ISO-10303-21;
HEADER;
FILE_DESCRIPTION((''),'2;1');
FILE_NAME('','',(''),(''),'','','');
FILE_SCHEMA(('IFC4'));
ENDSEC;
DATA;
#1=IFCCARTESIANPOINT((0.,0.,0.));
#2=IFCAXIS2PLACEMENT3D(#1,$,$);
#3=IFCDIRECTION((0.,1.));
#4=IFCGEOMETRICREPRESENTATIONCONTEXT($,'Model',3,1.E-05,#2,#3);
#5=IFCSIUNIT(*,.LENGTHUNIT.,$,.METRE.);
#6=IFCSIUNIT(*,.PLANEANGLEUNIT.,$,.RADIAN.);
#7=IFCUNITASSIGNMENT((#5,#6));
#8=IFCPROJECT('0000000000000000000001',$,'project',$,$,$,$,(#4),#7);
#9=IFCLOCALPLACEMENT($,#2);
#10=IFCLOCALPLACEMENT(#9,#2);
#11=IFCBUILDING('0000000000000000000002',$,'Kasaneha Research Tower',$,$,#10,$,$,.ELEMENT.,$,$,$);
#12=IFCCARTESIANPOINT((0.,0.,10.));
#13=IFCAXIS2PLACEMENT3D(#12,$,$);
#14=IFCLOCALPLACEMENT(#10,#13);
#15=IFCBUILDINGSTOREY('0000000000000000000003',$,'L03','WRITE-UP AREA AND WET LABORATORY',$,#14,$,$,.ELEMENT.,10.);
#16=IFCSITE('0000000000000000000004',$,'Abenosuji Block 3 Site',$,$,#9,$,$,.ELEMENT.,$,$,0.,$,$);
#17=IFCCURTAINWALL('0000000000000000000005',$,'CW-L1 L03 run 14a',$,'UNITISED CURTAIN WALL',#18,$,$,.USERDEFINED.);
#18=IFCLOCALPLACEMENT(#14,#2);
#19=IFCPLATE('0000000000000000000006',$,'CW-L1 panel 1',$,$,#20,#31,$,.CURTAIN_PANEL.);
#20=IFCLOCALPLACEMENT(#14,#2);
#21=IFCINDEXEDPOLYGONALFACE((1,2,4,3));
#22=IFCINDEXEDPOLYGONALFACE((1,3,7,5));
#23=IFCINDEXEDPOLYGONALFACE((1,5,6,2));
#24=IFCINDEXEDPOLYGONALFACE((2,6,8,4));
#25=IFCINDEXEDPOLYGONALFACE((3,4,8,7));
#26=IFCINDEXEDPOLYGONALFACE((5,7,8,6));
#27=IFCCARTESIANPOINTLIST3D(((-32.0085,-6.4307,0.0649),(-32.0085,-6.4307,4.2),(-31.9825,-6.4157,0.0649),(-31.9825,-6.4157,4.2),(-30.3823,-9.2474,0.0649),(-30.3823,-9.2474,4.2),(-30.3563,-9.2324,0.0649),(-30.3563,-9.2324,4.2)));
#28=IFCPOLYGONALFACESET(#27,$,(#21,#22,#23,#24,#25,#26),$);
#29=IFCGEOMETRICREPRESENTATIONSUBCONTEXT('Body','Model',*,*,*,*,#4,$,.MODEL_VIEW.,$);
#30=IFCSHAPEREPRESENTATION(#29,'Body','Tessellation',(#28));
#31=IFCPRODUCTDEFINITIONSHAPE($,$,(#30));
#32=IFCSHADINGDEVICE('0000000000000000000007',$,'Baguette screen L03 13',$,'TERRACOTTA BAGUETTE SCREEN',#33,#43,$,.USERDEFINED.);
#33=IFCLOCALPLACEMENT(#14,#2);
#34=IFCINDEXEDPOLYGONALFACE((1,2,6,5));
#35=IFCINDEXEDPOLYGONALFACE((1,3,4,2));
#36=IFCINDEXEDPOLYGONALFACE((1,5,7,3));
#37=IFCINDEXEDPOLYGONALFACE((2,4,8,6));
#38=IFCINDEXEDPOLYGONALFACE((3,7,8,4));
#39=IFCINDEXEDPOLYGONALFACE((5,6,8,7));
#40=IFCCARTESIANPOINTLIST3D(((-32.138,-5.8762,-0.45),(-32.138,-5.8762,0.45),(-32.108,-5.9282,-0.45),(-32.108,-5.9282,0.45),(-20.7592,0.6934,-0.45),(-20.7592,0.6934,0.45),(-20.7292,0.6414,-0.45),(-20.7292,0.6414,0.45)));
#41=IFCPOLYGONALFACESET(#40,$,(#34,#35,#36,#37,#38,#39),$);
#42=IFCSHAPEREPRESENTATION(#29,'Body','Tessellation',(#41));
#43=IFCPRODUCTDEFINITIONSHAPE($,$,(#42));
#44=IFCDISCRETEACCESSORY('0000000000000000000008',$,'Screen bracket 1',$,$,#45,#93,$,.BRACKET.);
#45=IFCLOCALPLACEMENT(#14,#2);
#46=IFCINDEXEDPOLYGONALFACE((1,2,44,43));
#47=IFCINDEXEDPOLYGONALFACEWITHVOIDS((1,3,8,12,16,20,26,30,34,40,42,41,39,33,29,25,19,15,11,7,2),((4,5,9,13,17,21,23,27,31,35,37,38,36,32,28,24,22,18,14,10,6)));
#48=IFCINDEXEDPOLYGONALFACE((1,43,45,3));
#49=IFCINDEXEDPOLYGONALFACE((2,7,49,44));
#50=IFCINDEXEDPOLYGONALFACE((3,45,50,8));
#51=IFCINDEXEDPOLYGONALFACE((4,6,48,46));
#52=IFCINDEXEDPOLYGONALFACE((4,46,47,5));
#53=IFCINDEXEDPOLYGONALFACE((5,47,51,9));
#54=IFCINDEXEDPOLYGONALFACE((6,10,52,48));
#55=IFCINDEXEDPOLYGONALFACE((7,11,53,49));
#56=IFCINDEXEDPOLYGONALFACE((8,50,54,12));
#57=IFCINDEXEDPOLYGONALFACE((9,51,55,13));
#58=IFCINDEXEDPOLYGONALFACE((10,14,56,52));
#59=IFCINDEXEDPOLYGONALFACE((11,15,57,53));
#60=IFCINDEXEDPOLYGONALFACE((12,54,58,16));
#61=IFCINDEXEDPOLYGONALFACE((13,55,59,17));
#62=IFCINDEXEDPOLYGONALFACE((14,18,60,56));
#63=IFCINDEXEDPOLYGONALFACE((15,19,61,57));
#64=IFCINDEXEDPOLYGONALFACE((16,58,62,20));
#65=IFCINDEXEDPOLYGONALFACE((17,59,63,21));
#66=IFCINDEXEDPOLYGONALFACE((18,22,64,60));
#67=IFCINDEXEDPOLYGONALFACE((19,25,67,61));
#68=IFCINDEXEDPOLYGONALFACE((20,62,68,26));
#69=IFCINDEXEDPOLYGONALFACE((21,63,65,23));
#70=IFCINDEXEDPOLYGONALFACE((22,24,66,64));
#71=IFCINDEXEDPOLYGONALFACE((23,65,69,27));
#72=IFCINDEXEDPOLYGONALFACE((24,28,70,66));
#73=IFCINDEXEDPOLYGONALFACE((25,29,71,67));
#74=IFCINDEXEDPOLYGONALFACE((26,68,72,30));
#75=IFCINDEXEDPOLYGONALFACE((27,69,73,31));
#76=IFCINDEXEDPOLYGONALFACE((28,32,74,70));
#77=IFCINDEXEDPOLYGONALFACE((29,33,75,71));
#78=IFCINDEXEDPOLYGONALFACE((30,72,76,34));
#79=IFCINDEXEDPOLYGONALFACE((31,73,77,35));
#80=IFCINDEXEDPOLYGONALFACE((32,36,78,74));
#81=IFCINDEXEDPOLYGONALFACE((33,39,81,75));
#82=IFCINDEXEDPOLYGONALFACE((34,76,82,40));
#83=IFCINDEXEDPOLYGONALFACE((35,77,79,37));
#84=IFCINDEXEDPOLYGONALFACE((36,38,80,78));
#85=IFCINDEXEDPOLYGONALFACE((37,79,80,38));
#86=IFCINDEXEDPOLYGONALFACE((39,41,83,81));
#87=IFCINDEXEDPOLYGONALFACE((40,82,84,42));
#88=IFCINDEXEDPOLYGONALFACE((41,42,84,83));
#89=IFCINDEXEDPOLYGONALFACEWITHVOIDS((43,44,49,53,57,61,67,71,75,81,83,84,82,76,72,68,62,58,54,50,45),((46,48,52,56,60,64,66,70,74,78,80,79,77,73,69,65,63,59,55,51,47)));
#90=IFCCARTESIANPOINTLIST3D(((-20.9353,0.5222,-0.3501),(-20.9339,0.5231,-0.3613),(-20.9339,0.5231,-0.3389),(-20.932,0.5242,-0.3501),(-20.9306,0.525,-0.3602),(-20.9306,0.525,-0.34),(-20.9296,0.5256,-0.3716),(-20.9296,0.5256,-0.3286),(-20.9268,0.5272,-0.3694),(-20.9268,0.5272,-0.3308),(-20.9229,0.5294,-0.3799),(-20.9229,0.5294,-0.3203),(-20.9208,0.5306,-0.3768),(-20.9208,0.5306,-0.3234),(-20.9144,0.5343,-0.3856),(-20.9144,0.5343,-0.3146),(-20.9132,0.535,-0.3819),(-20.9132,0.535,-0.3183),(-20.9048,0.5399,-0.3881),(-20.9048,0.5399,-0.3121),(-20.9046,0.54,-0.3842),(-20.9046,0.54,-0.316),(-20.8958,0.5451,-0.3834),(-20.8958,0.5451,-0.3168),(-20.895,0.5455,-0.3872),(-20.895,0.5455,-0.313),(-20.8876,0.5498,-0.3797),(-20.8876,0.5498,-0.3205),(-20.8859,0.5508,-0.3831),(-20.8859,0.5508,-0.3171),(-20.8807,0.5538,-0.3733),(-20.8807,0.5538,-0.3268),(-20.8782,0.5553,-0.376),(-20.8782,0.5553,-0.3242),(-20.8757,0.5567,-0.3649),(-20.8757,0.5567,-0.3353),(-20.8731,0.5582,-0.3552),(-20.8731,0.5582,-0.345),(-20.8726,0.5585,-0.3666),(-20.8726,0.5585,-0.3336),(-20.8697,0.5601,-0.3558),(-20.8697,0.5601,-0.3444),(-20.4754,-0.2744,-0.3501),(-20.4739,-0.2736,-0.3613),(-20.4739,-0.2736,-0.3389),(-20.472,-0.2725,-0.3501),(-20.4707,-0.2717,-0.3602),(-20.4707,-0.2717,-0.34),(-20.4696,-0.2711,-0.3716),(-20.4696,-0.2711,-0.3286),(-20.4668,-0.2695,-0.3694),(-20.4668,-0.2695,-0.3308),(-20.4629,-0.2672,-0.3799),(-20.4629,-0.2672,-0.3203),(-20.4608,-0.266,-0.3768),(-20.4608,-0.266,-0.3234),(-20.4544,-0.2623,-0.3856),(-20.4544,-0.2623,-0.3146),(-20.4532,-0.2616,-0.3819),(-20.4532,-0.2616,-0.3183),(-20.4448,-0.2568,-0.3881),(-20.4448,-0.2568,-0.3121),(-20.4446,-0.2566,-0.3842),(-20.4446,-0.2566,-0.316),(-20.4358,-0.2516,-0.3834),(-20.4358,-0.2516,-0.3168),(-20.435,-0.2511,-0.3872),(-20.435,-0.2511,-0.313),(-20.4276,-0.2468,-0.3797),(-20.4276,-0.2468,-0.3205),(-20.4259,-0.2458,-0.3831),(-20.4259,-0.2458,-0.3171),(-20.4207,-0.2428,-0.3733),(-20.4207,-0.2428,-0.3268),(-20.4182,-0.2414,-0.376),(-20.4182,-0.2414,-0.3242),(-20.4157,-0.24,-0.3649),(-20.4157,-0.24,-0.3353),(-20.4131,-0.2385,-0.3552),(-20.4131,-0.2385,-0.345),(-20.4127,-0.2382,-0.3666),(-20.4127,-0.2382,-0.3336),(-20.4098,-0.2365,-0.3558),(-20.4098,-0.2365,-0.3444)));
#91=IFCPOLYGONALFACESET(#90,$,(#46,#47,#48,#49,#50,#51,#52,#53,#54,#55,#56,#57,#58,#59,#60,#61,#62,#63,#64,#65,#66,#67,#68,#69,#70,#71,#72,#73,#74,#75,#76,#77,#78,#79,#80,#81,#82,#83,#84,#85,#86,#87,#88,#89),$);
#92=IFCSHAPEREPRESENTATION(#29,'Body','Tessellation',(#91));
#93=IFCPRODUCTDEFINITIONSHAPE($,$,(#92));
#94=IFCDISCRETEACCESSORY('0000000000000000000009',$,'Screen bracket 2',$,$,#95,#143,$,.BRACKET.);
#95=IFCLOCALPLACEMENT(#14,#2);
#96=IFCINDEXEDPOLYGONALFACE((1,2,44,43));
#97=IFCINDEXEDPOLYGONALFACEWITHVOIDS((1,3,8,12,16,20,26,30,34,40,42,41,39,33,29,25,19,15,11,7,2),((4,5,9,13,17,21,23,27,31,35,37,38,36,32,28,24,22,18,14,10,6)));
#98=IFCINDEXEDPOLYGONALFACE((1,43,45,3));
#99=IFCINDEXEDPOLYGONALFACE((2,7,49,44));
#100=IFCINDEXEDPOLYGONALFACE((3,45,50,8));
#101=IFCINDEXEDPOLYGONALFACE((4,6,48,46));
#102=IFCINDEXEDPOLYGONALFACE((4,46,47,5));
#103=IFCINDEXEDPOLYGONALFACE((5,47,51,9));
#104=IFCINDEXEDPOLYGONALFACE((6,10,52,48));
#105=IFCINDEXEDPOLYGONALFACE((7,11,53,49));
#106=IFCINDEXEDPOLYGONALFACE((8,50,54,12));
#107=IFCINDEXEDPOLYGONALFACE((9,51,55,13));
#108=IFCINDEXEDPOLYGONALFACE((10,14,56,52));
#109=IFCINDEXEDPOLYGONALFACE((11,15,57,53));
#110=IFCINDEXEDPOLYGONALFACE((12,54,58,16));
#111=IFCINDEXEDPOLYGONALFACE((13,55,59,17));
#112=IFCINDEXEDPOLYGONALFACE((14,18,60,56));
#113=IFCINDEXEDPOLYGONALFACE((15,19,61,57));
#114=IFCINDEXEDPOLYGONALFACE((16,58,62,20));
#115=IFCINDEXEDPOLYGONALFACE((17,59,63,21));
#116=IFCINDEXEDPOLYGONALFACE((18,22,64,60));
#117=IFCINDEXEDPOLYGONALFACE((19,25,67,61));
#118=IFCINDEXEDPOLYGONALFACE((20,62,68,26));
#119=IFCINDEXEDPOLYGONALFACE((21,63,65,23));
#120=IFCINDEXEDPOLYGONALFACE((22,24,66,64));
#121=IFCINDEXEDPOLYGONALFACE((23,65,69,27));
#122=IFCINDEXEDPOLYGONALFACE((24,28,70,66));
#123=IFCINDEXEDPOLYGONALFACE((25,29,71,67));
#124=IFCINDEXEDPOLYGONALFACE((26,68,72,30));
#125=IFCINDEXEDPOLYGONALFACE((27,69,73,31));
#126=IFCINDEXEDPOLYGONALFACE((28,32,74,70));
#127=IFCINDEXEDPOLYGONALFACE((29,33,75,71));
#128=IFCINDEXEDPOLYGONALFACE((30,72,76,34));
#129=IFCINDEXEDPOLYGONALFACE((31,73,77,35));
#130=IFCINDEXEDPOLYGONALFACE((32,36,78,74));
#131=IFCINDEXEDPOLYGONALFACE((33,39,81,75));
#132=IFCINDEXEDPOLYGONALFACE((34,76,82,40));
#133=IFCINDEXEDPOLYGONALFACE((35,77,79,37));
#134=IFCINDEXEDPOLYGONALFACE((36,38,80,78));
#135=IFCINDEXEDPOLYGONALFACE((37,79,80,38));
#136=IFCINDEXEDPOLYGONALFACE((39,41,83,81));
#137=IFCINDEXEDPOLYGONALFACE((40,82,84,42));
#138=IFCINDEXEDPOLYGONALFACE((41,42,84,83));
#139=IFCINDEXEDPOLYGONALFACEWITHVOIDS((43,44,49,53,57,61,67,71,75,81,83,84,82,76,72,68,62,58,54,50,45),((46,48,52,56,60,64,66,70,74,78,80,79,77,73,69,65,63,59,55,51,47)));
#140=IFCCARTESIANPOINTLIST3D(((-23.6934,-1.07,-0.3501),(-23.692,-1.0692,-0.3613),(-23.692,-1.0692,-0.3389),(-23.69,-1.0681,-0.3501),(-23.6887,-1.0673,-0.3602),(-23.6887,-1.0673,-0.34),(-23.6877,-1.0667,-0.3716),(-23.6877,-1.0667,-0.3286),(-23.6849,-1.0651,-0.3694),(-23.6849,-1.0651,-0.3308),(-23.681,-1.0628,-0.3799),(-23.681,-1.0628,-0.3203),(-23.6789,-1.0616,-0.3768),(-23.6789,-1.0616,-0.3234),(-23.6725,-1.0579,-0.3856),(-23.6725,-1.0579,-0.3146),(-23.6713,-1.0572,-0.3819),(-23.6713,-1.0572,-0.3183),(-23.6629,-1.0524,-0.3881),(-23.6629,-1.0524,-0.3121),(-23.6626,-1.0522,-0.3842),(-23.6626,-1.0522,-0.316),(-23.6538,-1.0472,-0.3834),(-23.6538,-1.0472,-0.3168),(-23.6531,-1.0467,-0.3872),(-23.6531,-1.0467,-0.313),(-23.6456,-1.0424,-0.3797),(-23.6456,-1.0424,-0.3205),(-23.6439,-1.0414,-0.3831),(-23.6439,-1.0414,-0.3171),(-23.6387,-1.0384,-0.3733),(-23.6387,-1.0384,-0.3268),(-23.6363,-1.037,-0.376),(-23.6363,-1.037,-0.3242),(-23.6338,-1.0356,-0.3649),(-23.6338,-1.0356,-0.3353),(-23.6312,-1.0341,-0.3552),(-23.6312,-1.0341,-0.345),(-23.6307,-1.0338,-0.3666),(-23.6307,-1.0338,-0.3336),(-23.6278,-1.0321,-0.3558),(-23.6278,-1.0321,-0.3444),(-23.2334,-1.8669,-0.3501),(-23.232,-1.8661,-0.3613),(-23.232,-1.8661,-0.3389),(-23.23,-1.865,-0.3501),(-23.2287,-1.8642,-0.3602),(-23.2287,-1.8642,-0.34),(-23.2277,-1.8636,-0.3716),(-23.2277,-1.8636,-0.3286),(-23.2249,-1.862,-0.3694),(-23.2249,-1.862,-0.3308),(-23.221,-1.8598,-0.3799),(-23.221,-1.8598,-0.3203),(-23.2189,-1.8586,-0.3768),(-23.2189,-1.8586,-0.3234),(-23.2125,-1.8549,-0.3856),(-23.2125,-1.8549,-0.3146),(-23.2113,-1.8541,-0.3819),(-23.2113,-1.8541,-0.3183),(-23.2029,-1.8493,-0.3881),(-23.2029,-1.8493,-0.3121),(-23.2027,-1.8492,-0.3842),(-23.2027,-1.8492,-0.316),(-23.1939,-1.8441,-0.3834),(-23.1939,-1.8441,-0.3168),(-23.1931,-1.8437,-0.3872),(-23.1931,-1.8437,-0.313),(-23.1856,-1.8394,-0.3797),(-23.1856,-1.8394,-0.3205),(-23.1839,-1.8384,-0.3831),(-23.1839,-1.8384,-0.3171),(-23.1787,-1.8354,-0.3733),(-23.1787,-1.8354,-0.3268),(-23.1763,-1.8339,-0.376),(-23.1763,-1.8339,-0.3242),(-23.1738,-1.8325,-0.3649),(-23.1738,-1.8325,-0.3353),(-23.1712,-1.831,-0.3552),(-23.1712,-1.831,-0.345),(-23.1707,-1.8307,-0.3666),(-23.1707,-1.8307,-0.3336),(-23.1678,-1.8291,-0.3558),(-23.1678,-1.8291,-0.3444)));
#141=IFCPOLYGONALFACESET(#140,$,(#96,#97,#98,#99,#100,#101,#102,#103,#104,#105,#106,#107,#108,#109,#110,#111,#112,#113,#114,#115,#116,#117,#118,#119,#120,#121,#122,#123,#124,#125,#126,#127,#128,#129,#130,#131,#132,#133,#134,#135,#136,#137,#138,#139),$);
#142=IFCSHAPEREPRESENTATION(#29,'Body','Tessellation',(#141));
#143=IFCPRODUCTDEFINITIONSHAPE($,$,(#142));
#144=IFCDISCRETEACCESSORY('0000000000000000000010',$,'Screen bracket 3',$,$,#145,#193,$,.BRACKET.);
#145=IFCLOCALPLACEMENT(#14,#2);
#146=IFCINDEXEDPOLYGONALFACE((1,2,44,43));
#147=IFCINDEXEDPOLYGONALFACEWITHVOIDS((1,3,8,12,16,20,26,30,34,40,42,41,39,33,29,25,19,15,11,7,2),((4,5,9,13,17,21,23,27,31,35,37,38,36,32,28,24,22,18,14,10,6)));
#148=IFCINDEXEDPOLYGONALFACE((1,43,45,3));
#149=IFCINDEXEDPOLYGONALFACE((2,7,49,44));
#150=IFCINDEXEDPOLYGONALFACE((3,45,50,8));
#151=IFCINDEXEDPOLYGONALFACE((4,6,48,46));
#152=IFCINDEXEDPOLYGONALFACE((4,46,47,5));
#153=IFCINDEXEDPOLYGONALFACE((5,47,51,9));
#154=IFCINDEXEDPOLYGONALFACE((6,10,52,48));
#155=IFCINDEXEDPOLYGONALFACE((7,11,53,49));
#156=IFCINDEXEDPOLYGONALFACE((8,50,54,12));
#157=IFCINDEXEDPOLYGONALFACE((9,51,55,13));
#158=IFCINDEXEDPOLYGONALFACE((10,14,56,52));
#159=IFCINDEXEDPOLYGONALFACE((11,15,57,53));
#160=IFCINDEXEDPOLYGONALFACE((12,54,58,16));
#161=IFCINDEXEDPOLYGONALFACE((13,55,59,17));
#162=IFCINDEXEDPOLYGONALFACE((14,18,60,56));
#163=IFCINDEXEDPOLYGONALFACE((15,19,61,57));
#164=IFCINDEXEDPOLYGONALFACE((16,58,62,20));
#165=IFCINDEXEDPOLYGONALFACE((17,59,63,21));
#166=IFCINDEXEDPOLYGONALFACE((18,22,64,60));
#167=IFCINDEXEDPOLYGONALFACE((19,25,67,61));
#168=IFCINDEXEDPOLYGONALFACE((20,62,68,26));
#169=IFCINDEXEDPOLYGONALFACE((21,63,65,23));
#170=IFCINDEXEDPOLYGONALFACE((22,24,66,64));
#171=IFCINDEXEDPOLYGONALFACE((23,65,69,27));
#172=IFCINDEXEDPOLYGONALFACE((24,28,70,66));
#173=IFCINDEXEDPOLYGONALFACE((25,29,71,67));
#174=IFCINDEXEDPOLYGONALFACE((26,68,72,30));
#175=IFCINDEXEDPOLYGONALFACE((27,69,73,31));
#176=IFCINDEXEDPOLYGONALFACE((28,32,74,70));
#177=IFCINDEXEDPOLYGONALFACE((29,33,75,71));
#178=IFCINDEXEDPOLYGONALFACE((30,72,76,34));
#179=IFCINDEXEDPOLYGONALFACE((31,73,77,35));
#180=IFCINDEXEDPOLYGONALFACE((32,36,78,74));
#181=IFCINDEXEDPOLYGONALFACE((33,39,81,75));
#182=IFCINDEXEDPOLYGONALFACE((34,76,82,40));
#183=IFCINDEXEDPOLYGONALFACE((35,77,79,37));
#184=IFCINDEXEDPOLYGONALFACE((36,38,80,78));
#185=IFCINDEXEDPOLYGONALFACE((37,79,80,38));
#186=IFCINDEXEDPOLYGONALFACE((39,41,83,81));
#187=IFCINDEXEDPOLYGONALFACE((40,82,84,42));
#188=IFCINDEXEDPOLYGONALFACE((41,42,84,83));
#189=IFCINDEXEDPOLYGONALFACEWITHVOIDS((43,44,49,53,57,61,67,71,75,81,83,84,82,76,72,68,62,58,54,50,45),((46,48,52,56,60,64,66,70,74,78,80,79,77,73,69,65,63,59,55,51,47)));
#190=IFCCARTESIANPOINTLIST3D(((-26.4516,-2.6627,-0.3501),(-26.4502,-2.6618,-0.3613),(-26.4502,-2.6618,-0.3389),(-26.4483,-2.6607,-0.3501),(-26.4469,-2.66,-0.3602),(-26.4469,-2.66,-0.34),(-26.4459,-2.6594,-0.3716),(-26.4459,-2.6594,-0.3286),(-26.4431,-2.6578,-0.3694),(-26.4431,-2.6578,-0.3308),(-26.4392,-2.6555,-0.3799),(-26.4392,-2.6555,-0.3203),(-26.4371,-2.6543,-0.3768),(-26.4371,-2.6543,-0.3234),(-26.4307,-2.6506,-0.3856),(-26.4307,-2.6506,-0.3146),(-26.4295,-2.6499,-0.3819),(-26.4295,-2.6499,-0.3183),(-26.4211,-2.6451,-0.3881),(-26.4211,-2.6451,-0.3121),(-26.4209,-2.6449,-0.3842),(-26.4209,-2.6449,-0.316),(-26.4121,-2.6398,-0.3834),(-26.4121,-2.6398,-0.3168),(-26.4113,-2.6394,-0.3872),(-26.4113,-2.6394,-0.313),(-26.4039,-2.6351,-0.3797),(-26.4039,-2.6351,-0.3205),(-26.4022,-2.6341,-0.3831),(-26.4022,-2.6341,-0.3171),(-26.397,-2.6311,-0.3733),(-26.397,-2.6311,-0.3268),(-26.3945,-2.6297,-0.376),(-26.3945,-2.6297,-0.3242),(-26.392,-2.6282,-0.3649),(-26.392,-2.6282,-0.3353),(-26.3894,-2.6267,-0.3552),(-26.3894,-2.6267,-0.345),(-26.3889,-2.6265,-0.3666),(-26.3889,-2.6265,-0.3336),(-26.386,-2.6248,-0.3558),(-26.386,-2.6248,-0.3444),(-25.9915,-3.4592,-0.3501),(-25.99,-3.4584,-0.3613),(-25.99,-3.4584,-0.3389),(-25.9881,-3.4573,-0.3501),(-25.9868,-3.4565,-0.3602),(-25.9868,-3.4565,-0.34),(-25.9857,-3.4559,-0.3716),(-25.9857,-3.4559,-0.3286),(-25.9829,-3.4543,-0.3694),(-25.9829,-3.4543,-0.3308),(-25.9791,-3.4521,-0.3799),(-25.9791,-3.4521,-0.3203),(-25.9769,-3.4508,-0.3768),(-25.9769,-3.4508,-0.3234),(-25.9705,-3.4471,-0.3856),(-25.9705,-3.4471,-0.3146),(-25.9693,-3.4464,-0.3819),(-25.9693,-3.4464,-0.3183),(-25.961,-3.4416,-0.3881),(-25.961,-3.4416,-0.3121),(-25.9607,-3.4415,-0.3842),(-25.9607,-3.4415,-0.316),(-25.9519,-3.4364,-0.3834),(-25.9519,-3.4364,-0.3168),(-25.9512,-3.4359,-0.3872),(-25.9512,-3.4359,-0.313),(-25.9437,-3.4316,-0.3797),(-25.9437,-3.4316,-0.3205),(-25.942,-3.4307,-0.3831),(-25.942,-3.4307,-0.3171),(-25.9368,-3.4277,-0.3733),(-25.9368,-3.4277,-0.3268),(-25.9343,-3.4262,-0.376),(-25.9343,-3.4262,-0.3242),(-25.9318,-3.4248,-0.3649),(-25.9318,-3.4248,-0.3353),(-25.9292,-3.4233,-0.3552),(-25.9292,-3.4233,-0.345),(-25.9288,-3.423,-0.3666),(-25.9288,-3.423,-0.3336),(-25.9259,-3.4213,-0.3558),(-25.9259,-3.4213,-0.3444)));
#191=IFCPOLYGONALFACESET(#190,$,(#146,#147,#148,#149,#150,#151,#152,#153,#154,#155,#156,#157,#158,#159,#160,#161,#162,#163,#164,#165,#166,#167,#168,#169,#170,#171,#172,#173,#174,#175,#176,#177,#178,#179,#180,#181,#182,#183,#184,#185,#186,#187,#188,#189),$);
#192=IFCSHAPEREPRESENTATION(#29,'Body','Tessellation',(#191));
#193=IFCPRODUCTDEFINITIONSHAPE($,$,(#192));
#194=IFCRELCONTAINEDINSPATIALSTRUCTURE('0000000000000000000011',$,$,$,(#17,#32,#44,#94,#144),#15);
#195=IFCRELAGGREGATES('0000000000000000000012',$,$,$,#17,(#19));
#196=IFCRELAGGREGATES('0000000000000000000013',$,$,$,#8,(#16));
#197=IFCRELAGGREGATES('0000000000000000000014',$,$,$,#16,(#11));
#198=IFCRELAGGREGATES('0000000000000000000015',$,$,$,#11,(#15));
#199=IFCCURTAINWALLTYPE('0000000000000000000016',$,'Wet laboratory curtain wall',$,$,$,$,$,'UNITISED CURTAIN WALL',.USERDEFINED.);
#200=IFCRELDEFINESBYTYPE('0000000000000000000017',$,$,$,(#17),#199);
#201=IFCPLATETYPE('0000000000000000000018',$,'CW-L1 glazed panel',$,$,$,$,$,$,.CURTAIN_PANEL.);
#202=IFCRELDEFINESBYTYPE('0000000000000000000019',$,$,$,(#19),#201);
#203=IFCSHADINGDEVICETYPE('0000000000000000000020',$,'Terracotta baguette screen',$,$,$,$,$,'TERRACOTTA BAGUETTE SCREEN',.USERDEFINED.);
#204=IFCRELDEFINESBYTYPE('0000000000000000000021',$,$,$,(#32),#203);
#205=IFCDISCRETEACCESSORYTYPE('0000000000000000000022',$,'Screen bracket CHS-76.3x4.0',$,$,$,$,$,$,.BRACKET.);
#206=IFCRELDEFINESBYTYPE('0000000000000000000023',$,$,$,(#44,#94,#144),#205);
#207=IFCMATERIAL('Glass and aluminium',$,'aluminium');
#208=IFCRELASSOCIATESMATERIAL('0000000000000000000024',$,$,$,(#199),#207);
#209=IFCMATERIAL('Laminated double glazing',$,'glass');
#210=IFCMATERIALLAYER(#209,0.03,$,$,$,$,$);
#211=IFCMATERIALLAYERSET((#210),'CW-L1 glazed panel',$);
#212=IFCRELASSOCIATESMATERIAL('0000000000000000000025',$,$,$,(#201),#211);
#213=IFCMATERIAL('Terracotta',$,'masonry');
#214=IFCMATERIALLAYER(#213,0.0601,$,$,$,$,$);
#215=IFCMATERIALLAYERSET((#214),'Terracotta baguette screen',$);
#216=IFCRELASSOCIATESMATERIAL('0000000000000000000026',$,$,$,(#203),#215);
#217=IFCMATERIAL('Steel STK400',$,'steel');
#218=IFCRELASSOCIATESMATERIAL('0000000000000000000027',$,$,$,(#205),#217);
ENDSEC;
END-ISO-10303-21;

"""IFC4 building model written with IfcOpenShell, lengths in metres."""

from ifc_helpers import new_model, si_unit, direction, frame, origin, origin_2d, place, context, subcontext, project, spatial, rectangle, hollow_circle, extrude, material, layer, layer_set, material_profile, profile_set, type_object, element, aggregate, save


model = new_model("IFC4")

# Units and contexts
model_context = context("Model", 3, precision=1e-05, world=origin(), true_north=direction((0.0, 1.0)))
body_context = subcontext(model_context, "Body", "Model", "MODEL_VIEW")
ifc_project = project(units=[si_unit("LENGTHUNIT", "METRE"), si_unit("PLANEANGLEUNIT", "RADIAN")], contexts=[model_context])

# Site, building, storey
site_placement = place(None, origin())
site = spatial("IfcSite", under=ifc_project, at=site_placement, Name="Abenosuji Block 3 Site", CompositionType="ELEMENT", RefElevation=0.0)
building_placement = place(site_placement, origin())
building = spatial("IfcBuilding", under=site, at=building_placement, Name="Kasaneha Research Tower", CompositionType="ELEMENT")
storey_placement = place(building_placement, frame((0.0, 0.0, 10.0)))
storey = spatial("IfcBuildingStorey", under=building, at=storey_placement, Name="L03", Description="WRITE-UP AREA AND WET LABORATORY", CompositionType="ELEMENT", Elevation=10.0)

# Shared definitions
ifc_material_1 = material(Name="Glass and aluminium", Category="aluminium")
curtain_wall_type = type_object("IfcCurtainWallType", Name="Wet laboratory curtain wall", ElementType="UNITISED CURTAIN WALL", PredefinedType="USERDEFINED", material=ifc_material_1)

# Curtain wall
curtain_wall_1_placement = place(storey_placement, origin())
curtain_wall_1 = element("IfcCurtainWall", 1, at=curtain_wall_1_placement, inside=storey, type_object=curtain_wall_type, Name="CW-L1 L03 run 14a", ObjectType="UNITISED CURTAIN WALL", PredefinedType="USERDEFINED")

# Plate
ifc_material_2 = material(Name="Laminated double glazing", Category="glass")
ifc_layer_1 = layer(ifc_material_2, 0.03)
ifc_layer_set_1 = layer_set([ifc_layer_1], Name="CW-L1 glazed panel")
plate_type = type_object("IfcPlateType", Name="CW-L1 glazed panel", PredefinedType="CURTAIN_PANEL", material=ifc_layer_set_1)
plate_1_placement = place(storey_placement, frame((-31.1824, -7.8315, 0.0649), z_axis=(0.0, 0.0, 1.0), x_axis=(0.5, -0.866025, 0.0)))
plate_1 = element("IfcPlate", 2, at=plate_1_placement, type_object=plate_type, Name="CW-L1 panel 1", PredefinedType="CURTAIN_PANEL", context=body_context, shape_type="SweptSolid", body=[
    extrude(rectangle(XDim=3.2524, YDim=0.03, at=origin_2d()), origin(), (0.0, 0.0, 1.0), 4.135),
])
aggregate(curtain_wall_1, [plate_1])

# Shading device
ifc_material_3 = material(Name="Terracotta", Category="masonry")
ifc_layer_2 = layer(ifc_material_3, 0.0601)
ifc_layer_set_2 = layer_set([ifc_layer_2], Name="Terracotta baguette screen")
shading_device_type = type_object("IfcShadingDeviceType", Name="Terracotta baguette screen", ElementType="TERRACOTTA BAGUETTE SCREEN", PredefinedType="USERDEFINED", material=ifc_layer_set_2)
shading_device_placement = place(storey_placement, frame((-26.4336, -2.6174, -0.45), z_axis=(0.0, 0.0, 1.0), x_axis=(-0.866025, -0.5, 0.0)))
element("IfcShadingDevice", 3, at=shading_device_placement, inside=storey, type_object=shading_device_type, Name="Baguette screen L03 13", ObjectType="TERRACOTTA BAGUETTE SCREEN", PredefinedType="USERDEFINED", context=body_context, shape_type="SweptSolid", body=[
    extrude(rectangle(XDim=13.1392, YDim=0.0601, at=origin_2d()), origin(), (0.0, 0.0, 1.0), 0.8999),
])

# Discrete accessories
ifc_material_4 = material(Name="Steel STK400", Category="steel")
ifc_material_profile_1 = material_profile(ifc_material_4, hollow_circle(Radius=0.0381, WallThickness=0.0039, at=origin_2d()), Name="CHS-76.3x4.0")
ifc_profile_set_1 = profile_set([ifc_material_profile_1], Name="Steel STK400")
discrete_accessory_type = type_object("IfcDiscreteAccessoryType", Name="Screen bracket CHS-76.3x4.0", PredefinedType="BRACKET", material=ifc_profile_set_1)
discrete_accessory_1_placement = place(storey_placement, frame((-20.4424, -0.2554, -0.3501), z_axis=(-0.500021, 0.866013, 0.0), x_axis=(-0.866013, -0.500021, 0.0)))
element("IfcDiscreteAccessory", 4, at=discrete_accessory_1_placement, inside=storey, type_object=discrete_accessory_type, Name="Screen bracket 1", PredefinedType="BRACKET", context=body_context, shape_type="SweptSolid", body=[
    extrude(hollow_circle(Radius=0.0381, WallThickness=0.0039, at=origin_2d()), origin(), (0.0, 0.0, 1.0), 0.9199),
])
discrete_accessory_2_placement = place(storey_placement, frame((-23.2004, -1.8479, -0.3501), z_axis=(-0.499906, 0.86608, 0.0), x_axis=(-0.86608, -0.499906, 0.0)))
element("IfcDiscreteAccessory", 5, at=discrete_accessory_2_placement, inside=storey, type_object=discrete_accessory_type, Name="Screen bracket 2", PredefinedType="BRACKET", context=body_context, shape_type="SweptSolid", body=[
    extrude(hollow_circle(Radius=0.0381, WallThickness=0.0039, at=origin_2d()), origin(), (0.0, 0.0, 1.0), 0.9202),
])
discrete_accessory_3_placement = place(storey_placement, frame((-25.9585, -3.4402, -0.3501), z_axis=(-0.50022, 0.865898, 0.0), x_axis=(-0.865898, -0.50022, 0.0)))
element("IfcDiscreteAccessory", 6, at=discrete_accessory_3_placement, inside=storey, type_object=discrete_accessory_type, Name="Screen bracket 3", PredefinedType="BRACKET", context=body_context, shape_type="SweptSolid", body=[
    extrude(hollow_circle(Radius=0.0381, WallThickness=0.0039, at=origin_2d()), origin(), (0.0, 0.0, 1.0), 0.9199),
])

save(model, "model.ifc")
